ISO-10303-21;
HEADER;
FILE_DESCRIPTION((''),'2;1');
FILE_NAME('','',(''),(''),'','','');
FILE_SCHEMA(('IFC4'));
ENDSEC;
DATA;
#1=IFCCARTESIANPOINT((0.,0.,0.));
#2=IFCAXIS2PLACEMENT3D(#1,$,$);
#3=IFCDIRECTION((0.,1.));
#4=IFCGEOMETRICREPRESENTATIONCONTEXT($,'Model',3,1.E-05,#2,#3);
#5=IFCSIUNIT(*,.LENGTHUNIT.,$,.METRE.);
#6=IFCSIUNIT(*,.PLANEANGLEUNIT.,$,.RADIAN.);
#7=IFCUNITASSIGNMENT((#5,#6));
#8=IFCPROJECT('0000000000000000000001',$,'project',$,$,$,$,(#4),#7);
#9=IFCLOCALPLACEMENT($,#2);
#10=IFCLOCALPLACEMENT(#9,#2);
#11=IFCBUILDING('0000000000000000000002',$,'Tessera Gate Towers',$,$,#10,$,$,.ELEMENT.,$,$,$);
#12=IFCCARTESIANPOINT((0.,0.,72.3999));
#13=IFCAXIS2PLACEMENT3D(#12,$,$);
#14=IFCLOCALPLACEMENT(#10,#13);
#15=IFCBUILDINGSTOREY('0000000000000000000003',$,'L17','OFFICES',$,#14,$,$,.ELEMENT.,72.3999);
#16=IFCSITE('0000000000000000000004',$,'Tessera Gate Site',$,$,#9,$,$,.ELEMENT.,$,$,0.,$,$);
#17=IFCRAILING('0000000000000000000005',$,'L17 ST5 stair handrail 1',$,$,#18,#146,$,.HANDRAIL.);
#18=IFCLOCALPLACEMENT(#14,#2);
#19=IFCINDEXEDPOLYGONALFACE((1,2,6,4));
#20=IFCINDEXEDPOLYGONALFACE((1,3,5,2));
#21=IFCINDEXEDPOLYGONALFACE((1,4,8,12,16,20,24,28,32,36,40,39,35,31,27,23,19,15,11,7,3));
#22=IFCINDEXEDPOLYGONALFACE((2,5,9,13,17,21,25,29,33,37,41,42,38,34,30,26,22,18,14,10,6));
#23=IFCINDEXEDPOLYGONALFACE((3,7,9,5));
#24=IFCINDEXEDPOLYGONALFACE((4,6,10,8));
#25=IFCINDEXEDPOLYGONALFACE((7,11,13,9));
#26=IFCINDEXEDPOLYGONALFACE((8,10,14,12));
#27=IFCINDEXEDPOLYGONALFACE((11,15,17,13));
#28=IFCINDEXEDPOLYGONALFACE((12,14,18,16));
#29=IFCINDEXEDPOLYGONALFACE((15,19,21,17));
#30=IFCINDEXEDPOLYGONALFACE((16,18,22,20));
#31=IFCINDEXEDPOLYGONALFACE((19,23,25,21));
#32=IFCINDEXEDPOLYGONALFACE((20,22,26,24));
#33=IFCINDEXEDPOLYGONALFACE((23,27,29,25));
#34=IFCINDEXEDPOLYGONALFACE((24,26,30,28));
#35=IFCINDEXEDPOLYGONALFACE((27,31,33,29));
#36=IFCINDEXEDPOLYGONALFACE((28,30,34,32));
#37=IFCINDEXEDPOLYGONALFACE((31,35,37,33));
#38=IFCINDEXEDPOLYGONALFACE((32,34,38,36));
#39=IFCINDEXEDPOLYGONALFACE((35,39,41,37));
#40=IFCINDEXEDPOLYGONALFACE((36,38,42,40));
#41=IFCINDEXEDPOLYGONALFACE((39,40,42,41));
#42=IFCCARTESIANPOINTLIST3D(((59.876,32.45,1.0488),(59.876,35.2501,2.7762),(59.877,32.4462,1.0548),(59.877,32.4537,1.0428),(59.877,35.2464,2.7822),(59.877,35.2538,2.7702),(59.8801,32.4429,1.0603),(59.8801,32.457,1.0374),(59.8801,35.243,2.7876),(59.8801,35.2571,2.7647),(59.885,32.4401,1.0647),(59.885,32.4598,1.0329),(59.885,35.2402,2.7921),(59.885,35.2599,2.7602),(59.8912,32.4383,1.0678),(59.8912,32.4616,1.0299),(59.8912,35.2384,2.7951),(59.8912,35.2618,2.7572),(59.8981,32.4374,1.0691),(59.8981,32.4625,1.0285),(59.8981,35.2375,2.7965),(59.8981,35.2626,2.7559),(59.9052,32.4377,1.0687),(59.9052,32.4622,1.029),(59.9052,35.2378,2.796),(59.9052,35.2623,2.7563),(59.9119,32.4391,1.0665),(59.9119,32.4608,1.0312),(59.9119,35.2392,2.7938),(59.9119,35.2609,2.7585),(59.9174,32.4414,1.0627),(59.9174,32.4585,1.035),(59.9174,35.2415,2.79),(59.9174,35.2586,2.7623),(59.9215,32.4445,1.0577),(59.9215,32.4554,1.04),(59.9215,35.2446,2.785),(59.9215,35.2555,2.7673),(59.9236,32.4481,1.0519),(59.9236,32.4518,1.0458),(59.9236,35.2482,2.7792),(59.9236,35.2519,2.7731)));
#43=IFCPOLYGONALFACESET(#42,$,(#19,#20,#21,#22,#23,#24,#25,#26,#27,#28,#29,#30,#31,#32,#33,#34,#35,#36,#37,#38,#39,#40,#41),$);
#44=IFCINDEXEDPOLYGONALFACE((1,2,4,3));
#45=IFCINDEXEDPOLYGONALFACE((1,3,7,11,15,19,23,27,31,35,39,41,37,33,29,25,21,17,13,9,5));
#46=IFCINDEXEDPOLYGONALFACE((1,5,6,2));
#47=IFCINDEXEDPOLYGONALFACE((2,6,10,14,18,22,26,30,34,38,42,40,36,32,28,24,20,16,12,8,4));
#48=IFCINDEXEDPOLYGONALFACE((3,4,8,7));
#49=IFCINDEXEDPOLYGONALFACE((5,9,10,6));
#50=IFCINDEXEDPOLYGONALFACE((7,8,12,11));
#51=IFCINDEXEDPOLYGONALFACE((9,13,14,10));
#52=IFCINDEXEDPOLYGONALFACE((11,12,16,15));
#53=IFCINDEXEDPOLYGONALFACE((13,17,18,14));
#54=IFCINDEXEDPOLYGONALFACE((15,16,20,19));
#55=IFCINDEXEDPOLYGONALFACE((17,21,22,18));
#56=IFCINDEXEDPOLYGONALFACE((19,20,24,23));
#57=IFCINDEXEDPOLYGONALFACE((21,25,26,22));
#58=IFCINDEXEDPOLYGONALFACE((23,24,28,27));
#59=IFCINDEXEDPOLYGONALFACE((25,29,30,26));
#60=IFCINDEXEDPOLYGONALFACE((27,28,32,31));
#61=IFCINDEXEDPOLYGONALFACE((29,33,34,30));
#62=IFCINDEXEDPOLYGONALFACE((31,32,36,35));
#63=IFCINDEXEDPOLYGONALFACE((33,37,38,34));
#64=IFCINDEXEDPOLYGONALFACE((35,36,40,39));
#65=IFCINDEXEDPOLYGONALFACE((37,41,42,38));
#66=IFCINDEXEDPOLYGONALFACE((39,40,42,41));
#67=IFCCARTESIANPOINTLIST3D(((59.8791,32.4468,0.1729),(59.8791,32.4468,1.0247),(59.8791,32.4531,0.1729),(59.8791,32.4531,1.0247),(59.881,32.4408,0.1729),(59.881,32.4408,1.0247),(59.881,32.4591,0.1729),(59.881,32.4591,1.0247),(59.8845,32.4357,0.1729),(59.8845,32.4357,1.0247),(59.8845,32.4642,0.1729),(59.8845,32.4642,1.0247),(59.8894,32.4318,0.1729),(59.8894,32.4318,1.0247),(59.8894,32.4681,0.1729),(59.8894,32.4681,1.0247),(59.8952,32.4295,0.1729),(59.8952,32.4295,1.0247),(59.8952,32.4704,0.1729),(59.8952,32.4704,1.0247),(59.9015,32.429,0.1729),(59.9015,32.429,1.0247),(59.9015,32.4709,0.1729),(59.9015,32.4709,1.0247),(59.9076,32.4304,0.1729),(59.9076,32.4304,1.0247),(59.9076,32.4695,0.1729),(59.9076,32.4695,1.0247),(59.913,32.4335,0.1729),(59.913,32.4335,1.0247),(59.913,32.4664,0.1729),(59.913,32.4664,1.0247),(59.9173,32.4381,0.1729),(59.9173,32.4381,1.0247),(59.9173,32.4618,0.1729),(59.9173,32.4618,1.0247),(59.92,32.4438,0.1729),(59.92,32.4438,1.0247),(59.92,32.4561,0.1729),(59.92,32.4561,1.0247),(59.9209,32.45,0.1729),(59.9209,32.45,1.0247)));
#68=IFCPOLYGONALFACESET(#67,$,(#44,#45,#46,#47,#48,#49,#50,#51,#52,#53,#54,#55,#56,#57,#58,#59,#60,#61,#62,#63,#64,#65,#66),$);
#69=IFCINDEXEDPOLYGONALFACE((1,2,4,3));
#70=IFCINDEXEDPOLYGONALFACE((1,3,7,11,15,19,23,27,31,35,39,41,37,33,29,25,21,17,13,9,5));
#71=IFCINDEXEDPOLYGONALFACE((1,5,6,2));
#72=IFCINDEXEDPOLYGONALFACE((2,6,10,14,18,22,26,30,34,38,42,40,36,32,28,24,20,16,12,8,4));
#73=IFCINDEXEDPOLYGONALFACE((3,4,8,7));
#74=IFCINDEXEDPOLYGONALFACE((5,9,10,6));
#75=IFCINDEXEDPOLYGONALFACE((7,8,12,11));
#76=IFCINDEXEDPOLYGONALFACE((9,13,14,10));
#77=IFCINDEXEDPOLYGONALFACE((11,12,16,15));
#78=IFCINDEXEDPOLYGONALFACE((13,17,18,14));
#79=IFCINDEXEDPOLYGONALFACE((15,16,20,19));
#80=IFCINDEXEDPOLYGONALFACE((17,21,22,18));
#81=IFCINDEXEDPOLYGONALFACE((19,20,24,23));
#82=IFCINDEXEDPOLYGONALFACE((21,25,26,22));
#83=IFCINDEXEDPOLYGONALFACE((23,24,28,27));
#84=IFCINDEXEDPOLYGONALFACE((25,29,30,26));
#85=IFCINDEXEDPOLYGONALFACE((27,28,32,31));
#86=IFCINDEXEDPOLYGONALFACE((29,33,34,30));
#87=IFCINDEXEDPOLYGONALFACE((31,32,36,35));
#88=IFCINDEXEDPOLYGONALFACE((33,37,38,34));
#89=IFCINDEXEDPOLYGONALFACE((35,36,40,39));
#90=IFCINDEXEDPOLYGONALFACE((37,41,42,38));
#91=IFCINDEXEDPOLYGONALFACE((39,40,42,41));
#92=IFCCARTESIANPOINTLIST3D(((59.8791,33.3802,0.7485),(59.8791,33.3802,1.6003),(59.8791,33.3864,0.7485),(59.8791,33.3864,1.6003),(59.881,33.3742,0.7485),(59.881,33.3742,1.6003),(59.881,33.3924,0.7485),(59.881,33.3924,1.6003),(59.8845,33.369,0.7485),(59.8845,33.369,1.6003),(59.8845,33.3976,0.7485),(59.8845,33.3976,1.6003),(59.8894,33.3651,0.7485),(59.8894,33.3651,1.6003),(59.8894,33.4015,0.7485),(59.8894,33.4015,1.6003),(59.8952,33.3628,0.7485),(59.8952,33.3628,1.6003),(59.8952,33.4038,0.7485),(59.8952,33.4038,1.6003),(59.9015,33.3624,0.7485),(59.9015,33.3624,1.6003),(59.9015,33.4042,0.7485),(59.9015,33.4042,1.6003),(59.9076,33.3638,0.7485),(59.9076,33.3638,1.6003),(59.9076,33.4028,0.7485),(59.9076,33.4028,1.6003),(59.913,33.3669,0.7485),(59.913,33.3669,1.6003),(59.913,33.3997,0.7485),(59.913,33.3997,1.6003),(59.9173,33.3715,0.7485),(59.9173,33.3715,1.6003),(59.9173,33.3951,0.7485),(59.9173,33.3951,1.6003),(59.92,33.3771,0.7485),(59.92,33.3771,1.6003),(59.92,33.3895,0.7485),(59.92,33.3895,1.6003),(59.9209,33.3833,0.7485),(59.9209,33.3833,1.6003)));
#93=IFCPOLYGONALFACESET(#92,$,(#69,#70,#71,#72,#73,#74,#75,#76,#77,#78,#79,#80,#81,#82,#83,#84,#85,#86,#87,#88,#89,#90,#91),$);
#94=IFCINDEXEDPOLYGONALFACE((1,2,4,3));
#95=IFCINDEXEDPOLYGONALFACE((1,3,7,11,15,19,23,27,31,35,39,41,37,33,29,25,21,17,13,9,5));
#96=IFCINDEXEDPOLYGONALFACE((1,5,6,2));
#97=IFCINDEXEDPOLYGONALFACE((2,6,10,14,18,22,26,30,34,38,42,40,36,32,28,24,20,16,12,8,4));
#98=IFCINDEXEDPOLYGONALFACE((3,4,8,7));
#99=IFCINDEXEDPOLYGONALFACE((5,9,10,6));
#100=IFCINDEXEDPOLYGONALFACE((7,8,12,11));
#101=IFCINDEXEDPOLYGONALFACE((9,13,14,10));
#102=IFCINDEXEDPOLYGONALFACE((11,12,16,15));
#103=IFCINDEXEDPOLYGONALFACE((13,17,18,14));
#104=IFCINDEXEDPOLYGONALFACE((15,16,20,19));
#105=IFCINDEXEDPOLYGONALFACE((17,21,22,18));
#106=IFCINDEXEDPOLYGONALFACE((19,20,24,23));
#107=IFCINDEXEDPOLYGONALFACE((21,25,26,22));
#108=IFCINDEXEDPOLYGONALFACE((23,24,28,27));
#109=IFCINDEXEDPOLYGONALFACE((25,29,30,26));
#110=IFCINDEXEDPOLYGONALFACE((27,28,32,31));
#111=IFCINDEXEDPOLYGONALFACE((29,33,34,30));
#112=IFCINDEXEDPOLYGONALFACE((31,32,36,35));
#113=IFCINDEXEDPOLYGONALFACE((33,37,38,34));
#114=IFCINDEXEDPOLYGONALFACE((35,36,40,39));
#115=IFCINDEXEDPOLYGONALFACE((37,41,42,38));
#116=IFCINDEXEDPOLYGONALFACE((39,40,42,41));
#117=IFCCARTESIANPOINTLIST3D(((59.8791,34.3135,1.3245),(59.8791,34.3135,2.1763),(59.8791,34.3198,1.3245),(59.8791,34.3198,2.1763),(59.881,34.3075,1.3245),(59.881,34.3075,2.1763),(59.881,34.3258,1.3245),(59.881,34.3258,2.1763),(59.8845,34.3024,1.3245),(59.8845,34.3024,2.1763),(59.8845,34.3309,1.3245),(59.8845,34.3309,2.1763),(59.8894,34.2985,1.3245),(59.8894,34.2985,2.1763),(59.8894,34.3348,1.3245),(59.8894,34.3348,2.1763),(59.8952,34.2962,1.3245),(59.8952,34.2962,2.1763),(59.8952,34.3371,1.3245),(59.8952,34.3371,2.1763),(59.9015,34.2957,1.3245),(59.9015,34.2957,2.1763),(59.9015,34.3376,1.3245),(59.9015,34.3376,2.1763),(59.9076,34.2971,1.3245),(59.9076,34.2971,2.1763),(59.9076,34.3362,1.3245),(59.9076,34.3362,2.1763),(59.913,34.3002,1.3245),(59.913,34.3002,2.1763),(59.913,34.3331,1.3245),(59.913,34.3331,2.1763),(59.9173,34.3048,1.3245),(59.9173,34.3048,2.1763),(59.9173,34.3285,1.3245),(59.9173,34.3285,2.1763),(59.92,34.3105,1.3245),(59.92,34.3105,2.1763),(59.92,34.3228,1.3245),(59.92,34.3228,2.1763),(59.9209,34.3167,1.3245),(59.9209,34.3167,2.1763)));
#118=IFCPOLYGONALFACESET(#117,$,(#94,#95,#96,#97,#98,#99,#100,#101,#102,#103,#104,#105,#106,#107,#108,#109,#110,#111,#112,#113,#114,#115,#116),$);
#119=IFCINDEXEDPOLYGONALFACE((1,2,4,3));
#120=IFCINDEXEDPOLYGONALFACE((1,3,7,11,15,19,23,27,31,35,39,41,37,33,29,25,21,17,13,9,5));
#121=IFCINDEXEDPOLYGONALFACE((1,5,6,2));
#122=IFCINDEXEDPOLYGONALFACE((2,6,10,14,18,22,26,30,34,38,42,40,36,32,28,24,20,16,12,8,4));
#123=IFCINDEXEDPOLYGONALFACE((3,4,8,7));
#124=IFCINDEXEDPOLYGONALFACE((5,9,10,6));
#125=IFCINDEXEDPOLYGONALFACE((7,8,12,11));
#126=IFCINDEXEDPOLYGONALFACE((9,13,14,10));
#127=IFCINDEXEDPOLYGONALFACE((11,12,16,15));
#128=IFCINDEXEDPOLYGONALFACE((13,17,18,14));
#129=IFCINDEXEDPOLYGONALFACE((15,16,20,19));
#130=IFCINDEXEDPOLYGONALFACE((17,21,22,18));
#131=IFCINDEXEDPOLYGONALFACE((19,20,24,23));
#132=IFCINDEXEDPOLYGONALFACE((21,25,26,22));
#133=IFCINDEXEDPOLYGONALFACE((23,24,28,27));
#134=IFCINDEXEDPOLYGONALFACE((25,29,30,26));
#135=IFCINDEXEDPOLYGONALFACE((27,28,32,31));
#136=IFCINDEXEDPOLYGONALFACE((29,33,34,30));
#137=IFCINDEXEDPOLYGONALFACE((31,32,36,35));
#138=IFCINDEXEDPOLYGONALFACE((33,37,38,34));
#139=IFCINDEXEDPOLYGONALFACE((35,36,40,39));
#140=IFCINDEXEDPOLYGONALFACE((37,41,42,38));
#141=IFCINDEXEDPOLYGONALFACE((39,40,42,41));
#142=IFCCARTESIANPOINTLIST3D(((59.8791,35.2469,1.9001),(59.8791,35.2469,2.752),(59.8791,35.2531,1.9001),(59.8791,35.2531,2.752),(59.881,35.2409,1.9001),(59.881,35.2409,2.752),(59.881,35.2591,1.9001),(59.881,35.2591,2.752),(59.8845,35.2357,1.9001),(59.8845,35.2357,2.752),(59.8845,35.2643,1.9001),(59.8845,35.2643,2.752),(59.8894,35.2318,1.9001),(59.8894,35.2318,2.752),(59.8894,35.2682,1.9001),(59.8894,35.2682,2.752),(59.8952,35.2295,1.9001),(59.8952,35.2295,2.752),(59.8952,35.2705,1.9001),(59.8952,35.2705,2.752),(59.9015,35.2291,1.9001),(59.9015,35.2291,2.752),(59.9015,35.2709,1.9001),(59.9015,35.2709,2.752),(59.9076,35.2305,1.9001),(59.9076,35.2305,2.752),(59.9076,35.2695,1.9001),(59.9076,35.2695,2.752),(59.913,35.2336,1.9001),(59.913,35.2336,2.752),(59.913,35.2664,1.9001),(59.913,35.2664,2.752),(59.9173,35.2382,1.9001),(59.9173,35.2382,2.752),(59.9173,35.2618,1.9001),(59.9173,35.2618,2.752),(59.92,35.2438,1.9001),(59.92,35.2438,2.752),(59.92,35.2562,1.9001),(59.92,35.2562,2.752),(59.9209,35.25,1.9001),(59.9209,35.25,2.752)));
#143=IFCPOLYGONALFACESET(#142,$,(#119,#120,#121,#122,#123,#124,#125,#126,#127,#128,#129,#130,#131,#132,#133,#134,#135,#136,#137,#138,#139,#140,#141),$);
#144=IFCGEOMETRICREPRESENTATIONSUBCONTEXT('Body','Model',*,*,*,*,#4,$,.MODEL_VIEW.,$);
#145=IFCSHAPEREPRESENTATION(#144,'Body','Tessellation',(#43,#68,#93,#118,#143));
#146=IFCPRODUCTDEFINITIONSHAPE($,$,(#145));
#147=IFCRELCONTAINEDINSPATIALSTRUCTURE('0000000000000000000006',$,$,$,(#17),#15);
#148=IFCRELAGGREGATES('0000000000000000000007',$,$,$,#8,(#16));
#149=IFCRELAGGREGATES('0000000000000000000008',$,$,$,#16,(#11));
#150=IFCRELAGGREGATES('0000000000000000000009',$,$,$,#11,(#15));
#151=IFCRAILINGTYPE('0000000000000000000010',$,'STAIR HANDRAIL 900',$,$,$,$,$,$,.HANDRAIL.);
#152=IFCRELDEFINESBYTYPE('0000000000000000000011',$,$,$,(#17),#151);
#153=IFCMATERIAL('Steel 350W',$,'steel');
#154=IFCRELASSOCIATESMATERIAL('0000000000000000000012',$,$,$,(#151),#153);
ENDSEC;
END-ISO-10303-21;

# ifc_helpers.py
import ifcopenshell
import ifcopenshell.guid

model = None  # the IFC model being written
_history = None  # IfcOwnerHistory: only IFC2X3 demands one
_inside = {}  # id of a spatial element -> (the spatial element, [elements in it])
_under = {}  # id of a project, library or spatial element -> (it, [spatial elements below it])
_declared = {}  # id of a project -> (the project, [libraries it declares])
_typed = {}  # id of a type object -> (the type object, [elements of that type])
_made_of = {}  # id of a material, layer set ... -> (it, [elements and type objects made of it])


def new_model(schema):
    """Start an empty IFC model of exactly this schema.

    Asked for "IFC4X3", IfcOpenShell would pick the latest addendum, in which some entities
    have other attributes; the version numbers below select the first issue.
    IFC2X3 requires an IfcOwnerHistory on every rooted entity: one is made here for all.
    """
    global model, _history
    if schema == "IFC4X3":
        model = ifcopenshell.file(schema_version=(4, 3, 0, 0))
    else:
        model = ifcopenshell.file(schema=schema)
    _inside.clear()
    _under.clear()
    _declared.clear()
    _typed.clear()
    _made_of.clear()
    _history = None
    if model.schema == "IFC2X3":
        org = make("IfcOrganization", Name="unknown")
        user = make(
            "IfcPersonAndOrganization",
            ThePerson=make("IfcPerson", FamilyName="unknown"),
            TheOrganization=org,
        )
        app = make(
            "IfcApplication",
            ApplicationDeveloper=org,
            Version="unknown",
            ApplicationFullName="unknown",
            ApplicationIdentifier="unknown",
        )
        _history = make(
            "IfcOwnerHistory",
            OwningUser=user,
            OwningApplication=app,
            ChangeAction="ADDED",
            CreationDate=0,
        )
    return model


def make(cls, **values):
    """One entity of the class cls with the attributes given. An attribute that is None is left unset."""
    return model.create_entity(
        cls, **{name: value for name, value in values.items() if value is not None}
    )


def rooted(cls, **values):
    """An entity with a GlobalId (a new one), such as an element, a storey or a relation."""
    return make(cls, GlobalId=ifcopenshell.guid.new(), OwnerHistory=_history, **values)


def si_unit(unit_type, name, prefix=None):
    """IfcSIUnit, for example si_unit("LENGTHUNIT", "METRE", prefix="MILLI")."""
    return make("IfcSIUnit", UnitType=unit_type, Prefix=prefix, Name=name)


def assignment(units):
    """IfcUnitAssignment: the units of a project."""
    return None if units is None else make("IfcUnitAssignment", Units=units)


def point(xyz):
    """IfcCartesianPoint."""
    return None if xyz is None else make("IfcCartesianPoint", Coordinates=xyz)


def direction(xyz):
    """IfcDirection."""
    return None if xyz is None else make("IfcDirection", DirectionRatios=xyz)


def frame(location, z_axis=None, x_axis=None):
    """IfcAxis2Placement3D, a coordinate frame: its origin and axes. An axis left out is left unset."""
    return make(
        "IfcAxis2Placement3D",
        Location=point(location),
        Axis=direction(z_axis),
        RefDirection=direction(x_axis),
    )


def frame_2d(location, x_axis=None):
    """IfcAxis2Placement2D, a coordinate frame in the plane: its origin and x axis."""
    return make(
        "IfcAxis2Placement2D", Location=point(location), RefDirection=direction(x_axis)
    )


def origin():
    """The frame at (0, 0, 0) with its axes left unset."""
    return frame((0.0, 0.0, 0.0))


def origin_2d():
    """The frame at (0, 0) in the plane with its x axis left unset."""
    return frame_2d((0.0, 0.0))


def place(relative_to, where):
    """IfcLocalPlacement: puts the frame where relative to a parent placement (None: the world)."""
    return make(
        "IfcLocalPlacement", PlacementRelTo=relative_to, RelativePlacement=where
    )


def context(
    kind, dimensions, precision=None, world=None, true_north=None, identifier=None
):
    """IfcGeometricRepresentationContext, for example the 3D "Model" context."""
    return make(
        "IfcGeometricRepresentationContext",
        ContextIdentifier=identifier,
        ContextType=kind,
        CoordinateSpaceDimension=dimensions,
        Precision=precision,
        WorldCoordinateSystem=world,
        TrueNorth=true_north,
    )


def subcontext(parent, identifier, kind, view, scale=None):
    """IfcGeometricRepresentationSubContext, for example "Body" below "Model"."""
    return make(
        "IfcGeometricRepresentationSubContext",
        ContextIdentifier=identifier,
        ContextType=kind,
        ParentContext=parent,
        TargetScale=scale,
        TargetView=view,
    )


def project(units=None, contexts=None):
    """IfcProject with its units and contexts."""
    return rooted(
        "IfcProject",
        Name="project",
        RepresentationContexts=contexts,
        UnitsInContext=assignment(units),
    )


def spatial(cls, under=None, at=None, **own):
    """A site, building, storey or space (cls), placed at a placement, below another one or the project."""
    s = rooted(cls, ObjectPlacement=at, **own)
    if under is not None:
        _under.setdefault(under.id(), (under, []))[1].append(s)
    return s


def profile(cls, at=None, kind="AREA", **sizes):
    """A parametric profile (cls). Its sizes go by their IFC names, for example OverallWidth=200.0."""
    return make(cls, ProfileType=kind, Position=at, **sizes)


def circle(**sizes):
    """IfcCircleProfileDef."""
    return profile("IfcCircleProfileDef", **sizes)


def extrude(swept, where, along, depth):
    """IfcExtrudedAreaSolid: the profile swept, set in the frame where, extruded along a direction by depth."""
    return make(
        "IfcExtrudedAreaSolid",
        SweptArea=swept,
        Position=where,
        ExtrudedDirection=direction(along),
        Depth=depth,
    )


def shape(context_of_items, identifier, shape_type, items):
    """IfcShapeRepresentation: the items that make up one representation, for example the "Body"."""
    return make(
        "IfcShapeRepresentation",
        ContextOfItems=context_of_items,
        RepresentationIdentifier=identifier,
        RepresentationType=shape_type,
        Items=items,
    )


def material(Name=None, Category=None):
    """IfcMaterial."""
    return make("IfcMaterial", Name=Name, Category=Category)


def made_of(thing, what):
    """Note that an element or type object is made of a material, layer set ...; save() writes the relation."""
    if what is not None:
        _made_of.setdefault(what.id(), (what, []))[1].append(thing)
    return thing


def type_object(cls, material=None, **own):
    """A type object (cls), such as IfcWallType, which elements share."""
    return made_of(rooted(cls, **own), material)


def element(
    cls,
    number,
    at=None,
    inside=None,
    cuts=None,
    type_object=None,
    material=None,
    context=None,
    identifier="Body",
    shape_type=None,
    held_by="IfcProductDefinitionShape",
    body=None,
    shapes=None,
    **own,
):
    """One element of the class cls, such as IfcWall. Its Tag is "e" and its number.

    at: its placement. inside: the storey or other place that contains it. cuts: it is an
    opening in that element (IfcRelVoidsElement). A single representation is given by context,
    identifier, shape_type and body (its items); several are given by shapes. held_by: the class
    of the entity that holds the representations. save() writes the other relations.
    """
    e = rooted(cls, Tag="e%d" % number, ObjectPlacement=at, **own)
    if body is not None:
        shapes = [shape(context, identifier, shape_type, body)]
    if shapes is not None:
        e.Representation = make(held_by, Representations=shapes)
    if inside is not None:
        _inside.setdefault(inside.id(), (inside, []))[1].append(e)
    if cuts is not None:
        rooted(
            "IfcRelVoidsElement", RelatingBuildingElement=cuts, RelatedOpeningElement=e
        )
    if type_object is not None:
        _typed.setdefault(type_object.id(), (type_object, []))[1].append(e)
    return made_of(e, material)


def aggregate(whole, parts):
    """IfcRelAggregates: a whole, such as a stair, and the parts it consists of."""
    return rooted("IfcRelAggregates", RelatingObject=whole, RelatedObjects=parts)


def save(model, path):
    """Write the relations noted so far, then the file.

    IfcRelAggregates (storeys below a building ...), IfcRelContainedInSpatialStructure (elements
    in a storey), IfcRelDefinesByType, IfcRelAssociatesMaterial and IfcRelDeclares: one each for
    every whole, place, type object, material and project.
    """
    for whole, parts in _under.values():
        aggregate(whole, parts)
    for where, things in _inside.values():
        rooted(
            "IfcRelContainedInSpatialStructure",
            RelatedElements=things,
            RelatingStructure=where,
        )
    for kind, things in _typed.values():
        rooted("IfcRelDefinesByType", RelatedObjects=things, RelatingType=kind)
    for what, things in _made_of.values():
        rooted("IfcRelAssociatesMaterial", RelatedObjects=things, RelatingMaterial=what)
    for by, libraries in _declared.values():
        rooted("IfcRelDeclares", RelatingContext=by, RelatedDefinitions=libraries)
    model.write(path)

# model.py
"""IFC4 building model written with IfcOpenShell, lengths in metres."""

from ifc_helpers import new_model, si_unit, direction, frame, origin, origin_2d, place, context, subcontext, project, spatial, circle, extrude, material, type_object, element, save


model = new_model("IFC4")

# Units and contexts
model_context = context("Model", 3, precision=1e-05, world=origin(), true_north=direction((0.0, 1.0)))
body_context = subcontext(model_context, "Body", "Model", "MODEL_VIEW")
ifc_project = project(units=[si_unit("LENGTHUNIT", "METRE"), si_unit("PLANEANGLEUNIT", "RADIAN")], contexts=[model_context])

# Site, building, storey
site_placement = place(None, origin())
site = spatial("IfcSite", under=ifc_project, at=site_placement, Name="Tessera Gate Site", CompositionType="ELEMENT", RefElevation=0.0)
building_placement = place(site_placement, origin())
building = spatial("IfcBuilding", under=site, at=building_placement, Name="Tessera Gate Towers", CompositionType="ELEMENT")
storey_placement = place(building_placement, frame((0.0, 0.0, 72.3999)))
storey = spatial("IfcBuildingStorey", under=building, at=storey_placement, Name="L17", Description="OFFICES", CompositionType="ELEMENT", Elevation=72.3999)

# Railing
ifc_material_1 = material(Name="Steel 350W", Category="steel")
railing_type = type_object("IfcRailingType", Name="STAIR HANDRAIL 900", PredefinedType="HANDRAIL", material=ifc_material_1)
for number, where, name in (
    (1, (59.8999, 32.45, 0.1729), "L17 ST5 stair handrail 1"),
):
    element("IfcRailing", number, at=place(storey_placement, frame(where)), inside=storey, type_object=railing_type, Name=name, PredefinedType="HANDRAIL", context=body_context, shape_type="SweptSolid", body=[
        extrude(circle(Radius=0.0239, at=origin_2d()), frame((0.0, 0.0, 0.876), z_axis=(0.0, 0.85109, 0.52502), x_axis=(-1.0, 0.0, 0.0)), (0.0, 0.0, 1.0), 3.29),
        extrude(circle(Radius=0.021, at=origin_2d()), origin(), (0.0, 0.0, 1.0), 0.8518),
        extrude(circle(Radius=0.021, at=origin_2d()), frame((0.0, 0.9333, 0.5757)), (0.0, 0.0, 1.0), 0.8518),
        extrude(circle(Radius=0.021, at=origin_2d()), frame((0.0, 1.8667, 1.1516)), (0.0, 0.0, 1.0), 0.8518),
        extrude(circle(Radius=0.021, at=origin_2d()), frame((0.0, 2.8, 1.7273)), (0.0, 0.0, 1.0), 0.8518),
    ])

save(model, "model.ifc")
